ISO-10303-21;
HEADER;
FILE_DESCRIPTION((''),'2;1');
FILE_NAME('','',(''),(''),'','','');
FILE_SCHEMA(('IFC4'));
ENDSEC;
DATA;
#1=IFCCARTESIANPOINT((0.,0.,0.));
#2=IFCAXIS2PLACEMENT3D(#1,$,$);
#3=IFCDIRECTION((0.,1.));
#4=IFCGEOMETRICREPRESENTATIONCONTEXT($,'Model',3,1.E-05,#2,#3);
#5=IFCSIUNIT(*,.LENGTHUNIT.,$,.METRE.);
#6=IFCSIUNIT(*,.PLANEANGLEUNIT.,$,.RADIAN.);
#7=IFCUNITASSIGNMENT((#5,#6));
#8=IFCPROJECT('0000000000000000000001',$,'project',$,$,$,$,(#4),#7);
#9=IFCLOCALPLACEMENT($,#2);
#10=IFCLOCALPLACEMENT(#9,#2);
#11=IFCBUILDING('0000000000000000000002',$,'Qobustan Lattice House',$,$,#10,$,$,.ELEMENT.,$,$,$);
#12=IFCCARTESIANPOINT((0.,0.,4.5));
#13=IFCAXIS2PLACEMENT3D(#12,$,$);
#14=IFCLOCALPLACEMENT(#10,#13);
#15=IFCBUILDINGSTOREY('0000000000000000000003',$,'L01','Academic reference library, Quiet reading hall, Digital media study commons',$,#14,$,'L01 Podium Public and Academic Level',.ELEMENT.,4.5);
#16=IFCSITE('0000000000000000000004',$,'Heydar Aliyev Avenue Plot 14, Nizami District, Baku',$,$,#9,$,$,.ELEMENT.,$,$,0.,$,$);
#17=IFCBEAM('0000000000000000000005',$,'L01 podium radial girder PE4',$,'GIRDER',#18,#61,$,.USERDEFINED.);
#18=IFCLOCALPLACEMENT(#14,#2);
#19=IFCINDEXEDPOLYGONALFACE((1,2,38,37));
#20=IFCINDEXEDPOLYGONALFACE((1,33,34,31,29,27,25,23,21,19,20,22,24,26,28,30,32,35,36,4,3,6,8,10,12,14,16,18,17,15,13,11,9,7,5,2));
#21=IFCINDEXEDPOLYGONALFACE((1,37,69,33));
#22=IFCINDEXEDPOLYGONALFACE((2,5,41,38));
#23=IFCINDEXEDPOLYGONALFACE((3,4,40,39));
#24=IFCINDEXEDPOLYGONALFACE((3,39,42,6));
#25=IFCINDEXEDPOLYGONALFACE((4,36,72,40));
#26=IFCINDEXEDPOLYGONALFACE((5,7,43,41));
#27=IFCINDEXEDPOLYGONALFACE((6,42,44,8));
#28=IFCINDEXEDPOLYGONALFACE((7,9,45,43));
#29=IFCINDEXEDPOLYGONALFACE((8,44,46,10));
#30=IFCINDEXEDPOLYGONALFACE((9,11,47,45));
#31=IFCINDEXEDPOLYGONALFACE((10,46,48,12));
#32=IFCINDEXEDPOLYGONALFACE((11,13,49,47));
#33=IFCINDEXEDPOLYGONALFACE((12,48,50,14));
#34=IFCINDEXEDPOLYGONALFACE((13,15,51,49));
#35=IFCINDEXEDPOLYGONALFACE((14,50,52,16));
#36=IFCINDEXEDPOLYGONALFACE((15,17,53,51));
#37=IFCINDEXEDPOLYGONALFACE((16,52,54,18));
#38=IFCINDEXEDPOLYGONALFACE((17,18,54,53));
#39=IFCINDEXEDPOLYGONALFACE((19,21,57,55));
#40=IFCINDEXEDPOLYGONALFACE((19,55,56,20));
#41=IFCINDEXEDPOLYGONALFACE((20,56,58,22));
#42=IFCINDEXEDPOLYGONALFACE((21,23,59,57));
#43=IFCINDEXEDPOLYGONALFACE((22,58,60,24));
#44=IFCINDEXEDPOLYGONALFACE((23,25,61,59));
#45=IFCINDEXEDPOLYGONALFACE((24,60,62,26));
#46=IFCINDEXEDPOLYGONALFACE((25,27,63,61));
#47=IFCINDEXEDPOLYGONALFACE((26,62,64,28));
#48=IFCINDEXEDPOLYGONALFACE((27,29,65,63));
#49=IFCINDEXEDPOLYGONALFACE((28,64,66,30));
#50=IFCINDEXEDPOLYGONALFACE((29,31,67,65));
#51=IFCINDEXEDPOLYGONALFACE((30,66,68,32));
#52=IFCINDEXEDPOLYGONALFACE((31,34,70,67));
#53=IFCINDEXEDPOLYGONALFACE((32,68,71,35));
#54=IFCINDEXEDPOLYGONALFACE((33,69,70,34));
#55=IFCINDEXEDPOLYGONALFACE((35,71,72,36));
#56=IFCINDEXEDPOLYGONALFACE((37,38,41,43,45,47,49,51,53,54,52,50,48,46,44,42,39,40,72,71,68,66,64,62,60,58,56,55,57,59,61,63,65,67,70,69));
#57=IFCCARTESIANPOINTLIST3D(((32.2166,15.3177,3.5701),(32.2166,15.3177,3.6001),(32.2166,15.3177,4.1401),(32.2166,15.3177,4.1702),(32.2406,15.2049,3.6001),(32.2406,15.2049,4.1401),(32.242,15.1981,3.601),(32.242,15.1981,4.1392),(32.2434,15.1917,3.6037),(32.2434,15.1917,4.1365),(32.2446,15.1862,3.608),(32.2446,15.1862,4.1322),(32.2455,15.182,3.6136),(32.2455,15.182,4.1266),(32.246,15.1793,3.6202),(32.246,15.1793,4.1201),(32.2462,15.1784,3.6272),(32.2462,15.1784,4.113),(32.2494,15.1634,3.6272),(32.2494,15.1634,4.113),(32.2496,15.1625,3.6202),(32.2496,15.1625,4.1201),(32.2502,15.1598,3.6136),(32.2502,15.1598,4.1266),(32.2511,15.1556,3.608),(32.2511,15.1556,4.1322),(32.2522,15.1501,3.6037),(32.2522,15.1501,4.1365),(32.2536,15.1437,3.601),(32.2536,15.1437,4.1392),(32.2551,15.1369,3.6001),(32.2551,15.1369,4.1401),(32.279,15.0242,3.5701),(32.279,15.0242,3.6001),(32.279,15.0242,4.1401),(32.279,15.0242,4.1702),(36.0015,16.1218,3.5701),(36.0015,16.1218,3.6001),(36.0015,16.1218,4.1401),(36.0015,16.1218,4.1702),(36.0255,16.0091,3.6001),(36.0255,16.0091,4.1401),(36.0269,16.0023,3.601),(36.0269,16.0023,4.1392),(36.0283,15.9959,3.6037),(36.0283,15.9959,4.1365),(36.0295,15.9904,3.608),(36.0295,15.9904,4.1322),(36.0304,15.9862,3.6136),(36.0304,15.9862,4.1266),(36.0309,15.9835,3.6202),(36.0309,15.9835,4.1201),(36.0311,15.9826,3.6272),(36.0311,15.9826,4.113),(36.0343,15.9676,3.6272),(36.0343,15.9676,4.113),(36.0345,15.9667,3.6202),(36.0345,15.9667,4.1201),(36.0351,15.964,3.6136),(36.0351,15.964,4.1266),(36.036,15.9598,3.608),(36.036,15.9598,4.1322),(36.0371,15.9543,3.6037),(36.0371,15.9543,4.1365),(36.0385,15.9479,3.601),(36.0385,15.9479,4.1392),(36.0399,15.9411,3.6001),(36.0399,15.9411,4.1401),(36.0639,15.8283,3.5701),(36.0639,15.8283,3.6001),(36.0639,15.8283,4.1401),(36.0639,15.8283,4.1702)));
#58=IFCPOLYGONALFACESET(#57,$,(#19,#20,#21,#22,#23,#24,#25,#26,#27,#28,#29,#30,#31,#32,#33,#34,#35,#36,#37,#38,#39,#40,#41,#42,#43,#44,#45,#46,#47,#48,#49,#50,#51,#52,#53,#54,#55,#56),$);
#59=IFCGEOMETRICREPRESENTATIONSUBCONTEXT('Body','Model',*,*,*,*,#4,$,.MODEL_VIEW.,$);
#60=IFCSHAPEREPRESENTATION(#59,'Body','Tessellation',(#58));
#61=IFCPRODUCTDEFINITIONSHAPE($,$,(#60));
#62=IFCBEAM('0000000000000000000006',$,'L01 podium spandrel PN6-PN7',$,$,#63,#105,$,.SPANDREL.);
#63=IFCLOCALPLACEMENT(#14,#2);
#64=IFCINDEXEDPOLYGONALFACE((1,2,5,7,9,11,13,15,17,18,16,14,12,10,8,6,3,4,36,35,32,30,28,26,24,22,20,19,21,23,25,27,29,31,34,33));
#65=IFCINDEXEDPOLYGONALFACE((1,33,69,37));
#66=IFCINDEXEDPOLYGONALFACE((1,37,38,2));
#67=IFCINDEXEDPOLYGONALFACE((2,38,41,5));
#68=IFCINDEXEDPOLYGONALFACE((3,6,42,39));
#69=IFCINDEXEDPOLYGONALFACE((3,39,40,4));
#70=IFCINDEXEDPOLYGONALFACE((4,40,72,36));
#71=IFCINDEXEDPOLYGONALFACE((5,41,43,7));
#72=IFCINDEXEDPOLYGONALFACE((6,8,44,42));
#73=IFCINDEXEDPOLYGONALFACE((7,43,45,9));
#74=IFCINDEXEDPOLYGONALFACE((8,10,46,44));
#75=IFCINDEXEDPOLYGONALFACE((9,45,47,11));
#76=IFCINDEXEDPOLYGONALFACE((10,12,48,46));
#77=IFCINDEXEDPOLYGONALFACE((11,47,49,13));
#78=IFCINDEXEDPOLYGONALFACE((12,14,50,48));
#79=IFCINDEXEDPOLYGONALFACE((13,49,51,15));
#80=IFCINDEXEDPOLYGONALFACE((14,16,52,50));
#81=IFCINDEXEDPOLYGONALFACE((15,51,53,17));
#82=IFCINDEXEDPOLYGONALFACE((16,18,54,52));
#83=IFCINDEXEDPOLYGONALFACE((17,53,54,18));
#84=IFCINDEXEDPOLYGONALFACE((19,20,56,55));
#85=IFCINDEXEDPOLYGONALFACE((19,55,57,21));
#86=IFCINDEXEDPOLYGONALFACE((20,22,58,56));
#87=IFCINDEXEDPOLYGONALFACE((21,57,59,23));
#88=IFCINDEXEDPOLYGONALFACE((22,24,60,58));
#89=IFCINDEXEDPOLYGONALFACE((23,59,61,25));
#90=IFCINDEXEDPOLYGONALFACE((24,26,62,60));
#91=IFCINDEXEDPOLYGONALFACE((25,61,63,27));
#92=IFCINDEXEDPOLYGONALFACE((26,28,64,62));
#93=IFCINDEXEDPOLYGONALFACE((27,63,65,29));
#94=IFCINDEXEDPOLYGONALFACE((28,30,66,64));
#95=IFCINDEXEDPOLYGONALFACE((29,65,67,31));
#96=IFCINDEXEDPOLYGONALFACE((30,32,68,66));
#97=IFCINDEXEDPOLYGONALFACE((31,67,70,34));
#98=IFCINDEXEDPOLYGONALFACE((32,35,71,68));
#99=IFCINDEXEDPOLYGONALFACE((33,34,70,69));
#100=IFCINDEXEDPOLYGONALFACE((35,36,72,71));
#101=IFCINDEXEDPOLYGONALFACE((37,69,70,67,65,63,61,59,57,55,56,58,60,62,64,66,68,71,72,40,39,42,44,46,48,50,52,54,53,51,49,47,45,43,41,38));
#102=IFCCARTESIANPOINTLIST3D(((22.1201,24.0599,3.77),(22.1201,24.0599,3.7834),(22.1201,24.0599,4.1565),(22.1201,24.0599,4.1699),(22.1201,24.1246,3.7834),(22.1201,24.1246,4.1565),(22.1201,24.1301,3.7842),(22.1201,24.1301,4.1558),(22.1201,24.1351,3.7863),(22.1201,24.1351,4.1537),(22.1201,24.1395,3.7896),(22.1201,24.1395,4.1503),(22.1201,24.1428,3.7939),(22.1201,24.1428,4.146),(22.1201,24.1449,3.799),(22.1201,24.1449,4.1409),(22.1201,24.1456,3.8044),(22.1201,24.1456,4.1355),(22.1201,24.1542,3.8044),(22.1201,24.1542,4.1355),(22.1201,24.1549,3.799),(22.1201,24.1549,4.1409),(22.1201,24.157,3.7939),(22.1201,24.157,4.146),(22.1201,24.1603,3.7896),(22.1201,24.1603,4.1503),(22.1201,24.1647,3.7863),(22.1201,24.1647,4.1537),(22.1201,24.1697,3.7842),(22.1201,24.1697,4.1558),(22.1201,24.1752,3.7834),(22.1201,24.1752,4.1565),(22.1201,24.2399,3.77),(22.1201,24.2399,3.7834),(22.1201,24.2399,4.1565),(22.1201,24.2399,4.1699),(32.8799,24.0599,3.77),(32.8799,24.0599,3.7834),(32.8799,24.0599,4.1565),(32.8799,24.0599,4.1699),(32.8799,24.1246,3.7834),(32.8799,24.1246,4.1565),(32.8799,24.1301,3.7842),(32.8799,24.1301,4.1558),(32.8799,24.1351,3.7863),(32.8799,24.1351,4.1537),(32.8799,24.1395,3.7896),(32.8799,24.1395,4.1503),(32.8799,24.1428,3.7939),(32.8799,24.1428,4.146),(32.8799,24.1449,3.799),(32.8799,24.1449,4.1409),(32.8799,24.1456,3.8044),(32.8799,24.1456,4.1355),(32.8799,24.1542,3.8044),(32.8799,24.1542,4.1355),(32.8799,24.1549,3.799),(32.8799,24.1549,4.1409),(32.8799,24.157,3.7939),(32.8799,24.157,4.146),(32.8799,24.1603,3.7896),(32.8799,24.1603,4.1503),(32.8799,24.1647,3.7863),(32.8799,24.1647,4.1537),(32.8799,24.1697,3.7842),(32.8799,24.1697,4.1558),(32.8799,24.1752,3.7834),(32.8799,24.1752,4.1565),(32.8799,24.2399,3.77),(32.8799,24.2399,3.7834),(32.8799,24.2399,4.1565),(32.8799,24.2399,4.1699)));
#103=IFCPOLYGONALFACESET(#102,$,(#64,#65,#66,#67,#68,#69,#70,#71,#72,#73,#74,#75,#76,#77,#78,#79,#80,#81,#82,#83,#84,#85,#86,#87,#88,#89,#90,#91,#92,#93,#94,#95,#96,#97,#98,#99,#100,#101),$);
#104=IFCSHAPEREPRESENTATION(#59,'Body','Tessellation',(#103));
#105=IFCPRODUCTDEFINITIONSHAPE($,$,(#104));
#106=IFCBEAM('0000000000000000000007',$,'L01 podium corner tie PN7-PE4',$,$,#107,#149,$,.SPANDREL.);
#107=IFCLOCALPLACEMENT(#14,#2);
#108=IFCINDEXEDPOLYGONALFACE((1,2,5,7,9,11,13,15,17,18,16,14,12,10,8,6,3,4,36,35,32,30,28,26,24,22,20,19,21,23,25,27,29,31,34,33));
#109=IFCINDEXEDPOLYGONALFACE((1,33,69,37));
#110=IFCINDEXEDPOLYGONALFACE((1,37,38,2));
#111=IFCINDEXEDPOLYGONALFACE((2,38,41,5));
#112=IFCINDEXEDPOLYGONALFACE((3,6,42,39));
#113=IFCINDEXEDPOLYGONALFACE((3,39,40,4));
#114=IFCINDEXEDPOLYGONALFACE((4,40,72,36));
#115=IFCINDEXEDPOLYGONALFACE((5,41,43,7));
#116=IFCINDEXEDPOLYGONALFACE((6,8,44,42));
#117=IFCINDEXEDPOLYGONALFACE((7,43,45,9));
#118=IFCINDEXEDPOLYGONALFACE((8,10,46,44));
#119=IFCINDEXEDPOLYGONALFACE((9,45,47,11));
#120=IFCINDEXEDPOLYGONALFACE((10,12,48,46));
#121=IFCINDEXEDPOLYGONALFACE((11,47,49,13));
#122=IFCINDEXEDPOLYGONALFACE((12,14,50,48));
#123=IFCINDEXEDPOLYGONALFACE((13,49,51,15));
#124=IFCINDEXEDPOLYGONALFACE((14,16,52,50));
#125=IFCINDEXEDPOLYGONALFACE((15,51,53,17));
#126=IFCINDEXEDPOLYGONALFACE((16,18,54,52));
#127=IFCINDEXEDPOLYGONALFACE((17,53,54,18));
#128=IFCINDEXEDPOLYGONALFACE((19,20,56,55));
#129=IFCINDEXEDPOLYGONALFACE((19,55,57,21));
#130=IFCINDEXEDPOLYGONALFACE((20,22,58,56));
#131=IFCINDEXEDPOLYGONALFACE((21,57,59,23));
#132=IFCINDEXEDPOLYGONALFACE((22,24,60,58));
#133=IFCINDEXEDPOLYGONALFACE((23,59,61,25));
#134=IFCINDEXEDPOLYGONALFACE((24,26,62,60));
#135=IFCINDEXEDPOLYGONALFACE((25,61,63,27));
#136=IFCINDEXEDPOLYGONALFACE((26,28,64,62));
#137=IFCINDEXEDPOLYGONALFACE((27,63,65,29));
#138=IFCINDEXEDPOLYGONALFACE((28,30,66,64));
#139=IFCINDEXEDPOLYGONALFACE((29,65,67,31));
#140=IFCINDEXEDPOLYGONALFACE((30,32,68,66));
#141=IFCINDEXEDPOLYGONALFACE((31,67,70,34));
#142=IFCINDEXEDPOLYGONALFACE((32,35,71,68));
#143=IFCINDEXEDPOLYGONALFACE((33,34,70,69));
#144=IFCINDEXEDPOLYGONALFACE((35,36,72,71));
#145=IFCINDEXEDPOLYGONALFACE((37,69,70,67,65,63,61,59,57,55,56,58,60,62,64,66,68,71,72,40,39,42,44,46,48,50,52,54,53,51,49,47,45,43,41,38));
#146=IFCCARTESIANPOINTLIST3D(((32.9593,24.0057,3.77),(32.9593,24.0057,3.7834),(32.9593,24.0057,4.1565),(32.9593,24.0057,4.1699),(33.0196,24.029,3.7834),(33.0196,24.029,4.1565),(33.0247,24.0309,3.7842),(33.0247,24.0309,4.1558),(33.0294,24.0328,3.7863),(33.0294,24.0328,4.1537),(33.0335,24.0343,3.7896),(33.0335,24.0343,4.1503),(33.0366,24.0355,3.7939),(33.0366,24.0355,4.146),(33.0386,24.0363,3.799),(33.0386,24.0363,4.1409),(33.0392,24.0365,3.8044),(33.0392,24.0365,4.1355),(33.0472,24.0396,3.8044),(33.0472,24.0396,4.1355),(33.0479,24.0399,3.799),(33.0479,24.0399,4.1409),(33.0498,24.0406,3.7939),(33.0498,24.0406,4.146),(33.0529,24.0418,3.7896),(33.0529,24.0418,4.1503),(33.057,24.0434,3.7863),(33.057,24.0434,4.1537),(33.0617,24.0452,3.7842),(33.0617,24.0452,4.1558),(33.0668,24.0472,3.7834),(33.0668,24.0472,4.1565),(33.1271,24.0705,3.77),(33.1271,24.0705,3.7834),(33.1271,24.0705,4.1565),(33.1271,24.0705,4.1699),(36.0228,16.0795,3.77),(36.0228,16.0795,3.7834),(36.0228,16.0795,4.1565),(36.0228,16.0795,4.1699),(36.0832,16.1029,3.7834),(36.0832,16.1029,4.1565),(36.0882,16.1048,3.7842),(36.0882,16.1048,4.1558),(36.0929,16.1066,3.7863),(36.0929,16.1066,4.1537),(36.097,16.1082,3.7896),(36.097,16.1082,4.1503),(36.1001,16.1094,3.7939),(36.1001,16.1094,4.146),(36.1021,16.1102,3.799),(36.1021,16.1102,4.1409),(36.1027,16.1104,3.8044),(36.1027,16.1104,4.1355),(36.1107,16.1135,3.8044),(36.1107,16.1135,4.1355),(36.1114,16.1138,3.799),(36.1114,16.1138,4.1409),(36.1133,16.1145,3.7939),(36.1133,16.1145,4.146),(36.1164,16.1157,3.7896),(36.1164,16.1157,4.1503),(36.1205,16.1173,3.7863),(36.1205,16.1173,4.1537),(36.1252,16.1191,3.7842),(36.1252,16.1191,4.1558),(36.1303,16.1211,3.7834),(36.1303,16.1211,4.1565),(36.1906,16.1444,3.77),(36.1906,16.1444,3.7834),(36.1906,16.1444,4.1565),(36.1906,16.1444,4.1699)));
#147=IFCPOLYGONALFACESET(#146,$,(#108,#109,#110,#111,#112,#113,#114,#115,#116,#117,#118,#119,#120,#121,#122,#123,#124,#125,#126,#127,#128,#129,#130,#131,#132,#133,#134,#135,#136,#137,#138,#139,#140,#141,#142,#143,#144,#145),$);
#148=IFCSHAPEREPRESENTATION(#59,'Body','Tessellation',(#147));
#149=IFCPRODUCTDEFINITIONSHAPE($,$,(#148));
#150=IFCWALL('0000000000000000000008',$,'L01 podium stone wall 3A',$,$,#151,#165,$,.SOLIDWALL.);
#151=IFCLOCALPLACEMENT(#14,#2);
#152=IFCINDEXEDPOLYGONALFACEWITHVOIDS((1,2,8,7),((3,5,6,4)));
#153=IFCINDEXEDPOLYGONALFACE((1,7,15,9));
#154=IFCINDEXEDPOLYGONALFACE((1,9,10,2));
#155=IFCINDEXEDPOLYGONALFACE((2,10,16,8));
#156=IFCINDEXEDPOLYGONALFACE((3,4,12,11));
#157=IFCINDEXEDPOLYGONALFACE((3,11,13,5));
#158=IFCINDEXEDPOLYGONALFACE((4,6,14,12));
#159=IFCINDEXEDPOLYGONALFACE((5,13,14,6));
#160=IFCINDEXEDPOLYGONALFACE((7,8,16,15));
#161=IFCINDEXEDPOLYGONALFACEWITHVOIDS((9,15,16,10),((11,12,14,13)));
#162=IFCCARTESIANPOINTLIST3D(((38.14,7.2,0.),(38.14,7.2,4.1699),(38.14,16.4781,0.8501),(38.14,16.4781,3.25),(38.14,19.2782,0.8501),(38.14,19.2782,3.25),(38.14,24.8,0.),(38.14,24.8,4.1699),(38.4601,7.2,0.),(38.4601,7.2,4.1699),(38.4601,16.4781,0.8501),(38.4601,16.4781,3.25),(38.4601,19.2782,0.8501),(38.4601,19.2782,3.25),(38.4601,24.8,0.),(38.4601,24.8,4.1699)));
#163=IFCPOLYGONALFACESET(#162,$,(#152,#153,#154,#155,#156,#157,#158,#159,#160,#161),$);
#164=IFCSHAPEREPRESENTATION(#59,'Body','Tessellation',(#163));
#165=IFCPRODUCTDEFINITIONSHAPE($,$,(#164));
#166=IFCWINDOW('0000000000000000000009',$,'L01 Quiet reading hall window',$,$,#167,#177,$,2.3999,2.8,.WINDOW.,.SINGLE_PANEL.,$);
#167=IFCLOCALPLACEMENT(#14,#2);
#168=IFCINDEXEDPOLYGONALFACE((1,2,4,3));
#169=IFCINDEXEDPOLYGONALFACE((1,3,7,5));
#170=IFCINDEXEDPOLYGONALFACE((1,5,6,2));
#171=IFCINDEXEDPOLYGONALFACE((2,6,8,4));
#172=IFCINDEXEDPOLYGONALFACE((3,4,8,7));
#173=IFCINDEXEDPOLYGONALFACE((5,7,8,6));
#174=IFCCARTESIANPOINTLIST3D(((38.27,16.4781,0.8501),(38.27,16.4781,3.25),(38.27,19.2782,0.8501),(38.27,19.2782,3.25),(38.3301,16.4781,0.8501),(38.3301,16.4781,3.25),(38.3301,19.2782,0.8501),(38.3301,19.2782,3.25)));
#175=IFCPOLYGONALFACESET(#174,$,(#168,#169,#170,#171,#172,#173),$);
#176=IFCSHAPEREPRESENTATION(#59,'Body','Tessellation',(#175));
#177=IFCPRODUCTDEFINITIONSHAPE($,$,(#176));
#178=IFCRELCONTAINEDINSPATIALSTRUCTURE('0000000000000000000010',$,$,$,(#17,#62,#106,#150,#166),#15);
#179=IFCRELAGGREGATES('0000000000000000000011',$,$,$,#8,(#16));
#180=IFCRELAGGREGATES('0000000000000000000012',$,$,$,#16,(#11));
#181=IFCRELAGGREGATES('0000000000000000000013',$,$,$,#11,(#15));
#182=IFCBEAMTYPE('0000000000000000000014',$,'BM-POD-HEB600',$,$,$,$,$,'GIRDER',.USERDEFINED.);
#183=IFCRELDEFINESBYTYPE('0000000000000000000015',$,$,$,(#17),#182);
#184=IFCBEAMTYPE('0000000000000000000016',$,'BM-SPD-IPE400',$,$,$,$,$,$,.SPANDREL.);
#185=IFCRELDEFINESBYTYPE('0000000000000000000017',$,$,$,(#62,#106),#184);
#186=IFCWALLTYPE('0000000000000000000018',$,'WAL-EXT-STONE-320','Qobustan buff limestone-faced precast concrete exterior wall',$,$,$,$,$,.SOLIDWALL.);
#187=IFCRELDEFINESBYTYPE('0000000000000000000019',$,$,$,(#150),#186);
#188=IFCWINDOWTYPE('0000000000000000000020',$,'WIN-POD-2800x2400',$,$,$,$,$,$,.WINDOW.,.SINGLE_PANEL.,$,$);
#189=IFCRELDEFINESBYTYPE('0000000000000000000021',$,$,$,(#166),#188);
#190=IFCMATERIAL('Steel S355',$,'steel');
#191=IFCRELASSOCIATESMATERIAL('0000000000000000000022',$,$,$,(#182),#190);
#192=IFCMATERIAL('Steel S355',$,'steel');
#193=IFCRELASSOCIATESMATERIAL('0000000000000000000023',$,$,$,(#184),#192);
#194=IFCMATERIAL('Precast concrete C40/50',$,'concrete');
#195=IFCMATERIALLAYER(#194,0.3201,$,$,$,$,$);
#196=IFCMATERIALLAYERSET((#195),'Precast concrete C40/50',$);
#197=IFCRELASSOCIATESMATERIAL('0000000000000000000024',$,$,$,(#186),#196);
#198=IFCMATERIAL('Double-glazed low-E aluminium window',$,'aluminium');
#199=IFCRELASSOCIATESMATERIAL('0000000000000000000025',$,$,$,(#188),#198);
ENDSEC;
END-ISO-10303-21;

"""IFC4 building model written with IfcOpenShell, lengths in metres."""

from ifc_helpers import new_model, si_unit, direction, frame, frame_2d, origin, origin_2d, place, context, subcontext, project, spatial, rectangle, i_section, extrude, material, layer, layer_set, material_profile, profile_set, type_object, element, fill, save


model = new_model("IFC4")

# Units and contexts
model_context = context("Model", 3, precision=1e-05, world=origin(), true_north=direction((0.0, 1.0)))
body_context = subcontext(model_context, "Body", "Model", "MODEL_VIEW")
ifc_project = project(units=[si_unit("LENGTHUNIT", "METRE"), si_unit("PLANEANGLEUNIT", "RADIAN")], contexts=[model_context])

# Site, building, storey
site_placement = place(None, origin())
site = spatial("IfcSite", under=ifc_project, at=site_placement, Name="Heydar Aliyev Avenue Plot 14, Nizami District, Baku", CompositionType="ELEMENT", RefElevation=0.0)
building_placement = place(site_placement, origin())
building = spatial("IfcBuilding", under=site, at=building_placement, Name="Qobustan Lattice House", CompositionType="ELEMENT")
storey_placement = place(building_placement, frame((0.0, 0.0, 4.5)))
storey = spatial("IfcBuildingStorey", under=building, at=storey_placement, Name="L01", Description="Academic reference library, Quiet reading hall, Digital media study commons", LongName="L01 Podium Public and Academic Level", CompositionType="ELEMENT", Elevation=4.5)

# Beams
ifc_material_1 = material(Name="Steel S355", Category="steel")
ifc_material_profile_1 = material_profile(ifc_material_1, i_section(OverallWidth=0.3, OverallDepth=0.6001, WebThickness=0.0154, FlangeThickness=0.03, FilletRadius=0.0271, at=origin_2d()), Name="HEB600")
ifc_profile_set_1 = profile_set([ifc_material_profile_1], Name="Steel S355")
beam_type_1 = type_object("IfcBeamType", Name="BM-POD-HEB600", ElementType="GIRDER", PredefinedType="USERDEFINED", material=ifc_profile_set_1)
beam_1_placement = place(storey_placement, frame((36.0327, 15.9751, 3.8701), z_axis=(-0.978164, -0.207835, 0.0), x_axis=(0.207835, -0.978164, 0.0)))
element("IfcBeam", 1, at=beam_1_placement, inside=storey, type_object=beam_type_1, Name="L01 podium radial girder PE4", ObjectType="GIRDER", PredefinedType="USERDEFINED", context=body_context, shape_type="SweptSolid", body=[
    extrude(i_section(OverallWidth=0.3, OverallDepth=0.6001, WebThickness=0.0154, FlangeThickness=0.03, FilletRadius=0.0271, at=origin_2d()), origin(), (0.0, 0.0, 1.0), 3.8694),
])
ifc_material_2 = material(Name="Steel S355", Category="steel")
ifc_material_profile_2 = material_profile(ifc_material_2, i_section(OverallWidth=0.1799, OverallDepth=0.3999, WebThickness=0.0085, FlangeThickness=0.0134, FilletRadius=0.021, at=origin_2d()), Name="IPE400")
ifc_profile_set_2 = profile_set([ifc_material_profile_2], Name="Steel S355")
beam_type_2 = type_object("IfcBeamType", Name="BM-SPD-IPE400", PredefinedType="SPANDREL", material=ifc_profile_set_2)
beam_2_placement = place(storey_placement, frame((22.1201, 24.1499, 3.97), z_axis=(1.0, 0.0, 0.0), x_axis=(0.0, 1.0, 0.0)))
element("IfcBeam", 2, at=beam_2_placement, inside=storey, type_object=beam_type_2, Name="L01 podium spandrel PN6-PN7", PredefinedType="SPANDREL", context=body_context, shape_type="SweptSolid", body=[
    extrude(i_section(OverallWidth=0.1799, OverallDepth=0.3999, WebThickness=0.0085, FlangeThickness=0.0134, FilletRadius=0.021, at=origin_2d()), origin(), (0.0, 0.0, 1.0), 10.7598),
])
beam_3_placement = place(storey_placement, frame((33.0432, 24.0381, 3.97), z_axis=(0.360517, -0.932753, 0.0), x_axis=(0.932753, 0.360517, 0.0)))
element("IfcBeam", 3, at=beam_3_placement, inside=storey, type_object=beam_type_2, Name="L01 podium corner tie PN7-PE4", PredefinedType="SPANDREL", context=body_context, shape_type="SweptSolid", body=[
    extrude(i_section(OverallWidth=0.1799, OverallDepth=0.3999, WebThickness=0.0085, FlangeThickness=0.0134, FilletRadius=0.021, at=origin_2d()), origin(), (0.0, 0.0, 1.0), 8.4976),
])

# Wall, opening, window
ifc_material_3 = material(Name="Precast concrete C40/50", Category="concrete")
ifc_layer_1 = layer(ifc_material_3, 0.3201)
ifc_layer_set_1 = layer_set([ifc_layer_1], Name="Precast concrete C40/50")
wall_type_1 = type_object("IfcWallType", Name="WAL-EXT-STONE-320", Description="Qobustan buff limestone-faced precast concrete exterior wall", PredefinedType="SOLIDWALL", material=ifc_layer_set_1)
wall_1_placement = place(storey_placement, frame((38.3, 24.8, 0.0), z_axis=(0.0, 0.0, 1.0), x_axis=(0.0, -1.0, 0.0)))
wall_1 = element("IfcWall", 4, at=wall_1_placement, inside=storey, type_object=wall_type_1, Name="L01 podium stone wall 3A", PredefinedType="SOLIDWALL", context=body_context, shape_type="SweptSolid", body=[
    extrude(rectangle(XDim=17.6001, YDim=0.3201, at=frame_2d((8.8, 0.0))), origin(), (0.0, 0.0, 1.0), 4.1699),
])
opening_1_placement = place(wall_1_placement, frame((5.522, 0.0, 0.8501)))
opening_1 = element("IfcOpeningElement", 5, at=opening_1_placement, cuts=wall_1, PredefinedType="OPENING", context=body_context, shape_type="SweptSolid", body=[
    extrude(rectangle(XDim=2.8, YDim=2.3999, at=frame_2d((1.3999, 1.2))), frame((0.0, 0.1699, 0.0), z_axis=(0.0, -1.0, 0.0), x_axis=(1.0, 0.0, 0.0)), (0.0, 0.0, 1.0), 0.3401),
])
ifc_material_4 = material(Name="Double-glazed low-E aluminium window", Category="aluminium")
window_type = type_object("IfcWindowType", Name="WIN-POD-2800x2400", PartitioningType="SINGLE_PANEL", PredefinedType="WINDOW", material=ifc_material_4)
window_placement = place(opening_1_placement, origin())
window = element("IfcWindow", 6, at=window_placement, inside=storey, type_object=window_type, Name="L01 Quiet reading hall window", OverallHeight=2.3999, OverallWidth=2.8, PartitioningType="SINGLE_PANEL", PredefinedType="WINDOW", context=body_context, shape_type="SweptSolid", body=[
    extrude(rectangle(XDim=2.8, YDim=2.3999, at=frame_2d((1.3999, 1.2))), frame((0.0, 0.03, 0.0), z_axis=(0.0, -1.0, 0.0), x_axis=(1.0, 0.0, 0.0)), (0.0, 0.0, 1.0), 0.0601),
])
fill(opening_1, window)

save(model, "model.ifc")
